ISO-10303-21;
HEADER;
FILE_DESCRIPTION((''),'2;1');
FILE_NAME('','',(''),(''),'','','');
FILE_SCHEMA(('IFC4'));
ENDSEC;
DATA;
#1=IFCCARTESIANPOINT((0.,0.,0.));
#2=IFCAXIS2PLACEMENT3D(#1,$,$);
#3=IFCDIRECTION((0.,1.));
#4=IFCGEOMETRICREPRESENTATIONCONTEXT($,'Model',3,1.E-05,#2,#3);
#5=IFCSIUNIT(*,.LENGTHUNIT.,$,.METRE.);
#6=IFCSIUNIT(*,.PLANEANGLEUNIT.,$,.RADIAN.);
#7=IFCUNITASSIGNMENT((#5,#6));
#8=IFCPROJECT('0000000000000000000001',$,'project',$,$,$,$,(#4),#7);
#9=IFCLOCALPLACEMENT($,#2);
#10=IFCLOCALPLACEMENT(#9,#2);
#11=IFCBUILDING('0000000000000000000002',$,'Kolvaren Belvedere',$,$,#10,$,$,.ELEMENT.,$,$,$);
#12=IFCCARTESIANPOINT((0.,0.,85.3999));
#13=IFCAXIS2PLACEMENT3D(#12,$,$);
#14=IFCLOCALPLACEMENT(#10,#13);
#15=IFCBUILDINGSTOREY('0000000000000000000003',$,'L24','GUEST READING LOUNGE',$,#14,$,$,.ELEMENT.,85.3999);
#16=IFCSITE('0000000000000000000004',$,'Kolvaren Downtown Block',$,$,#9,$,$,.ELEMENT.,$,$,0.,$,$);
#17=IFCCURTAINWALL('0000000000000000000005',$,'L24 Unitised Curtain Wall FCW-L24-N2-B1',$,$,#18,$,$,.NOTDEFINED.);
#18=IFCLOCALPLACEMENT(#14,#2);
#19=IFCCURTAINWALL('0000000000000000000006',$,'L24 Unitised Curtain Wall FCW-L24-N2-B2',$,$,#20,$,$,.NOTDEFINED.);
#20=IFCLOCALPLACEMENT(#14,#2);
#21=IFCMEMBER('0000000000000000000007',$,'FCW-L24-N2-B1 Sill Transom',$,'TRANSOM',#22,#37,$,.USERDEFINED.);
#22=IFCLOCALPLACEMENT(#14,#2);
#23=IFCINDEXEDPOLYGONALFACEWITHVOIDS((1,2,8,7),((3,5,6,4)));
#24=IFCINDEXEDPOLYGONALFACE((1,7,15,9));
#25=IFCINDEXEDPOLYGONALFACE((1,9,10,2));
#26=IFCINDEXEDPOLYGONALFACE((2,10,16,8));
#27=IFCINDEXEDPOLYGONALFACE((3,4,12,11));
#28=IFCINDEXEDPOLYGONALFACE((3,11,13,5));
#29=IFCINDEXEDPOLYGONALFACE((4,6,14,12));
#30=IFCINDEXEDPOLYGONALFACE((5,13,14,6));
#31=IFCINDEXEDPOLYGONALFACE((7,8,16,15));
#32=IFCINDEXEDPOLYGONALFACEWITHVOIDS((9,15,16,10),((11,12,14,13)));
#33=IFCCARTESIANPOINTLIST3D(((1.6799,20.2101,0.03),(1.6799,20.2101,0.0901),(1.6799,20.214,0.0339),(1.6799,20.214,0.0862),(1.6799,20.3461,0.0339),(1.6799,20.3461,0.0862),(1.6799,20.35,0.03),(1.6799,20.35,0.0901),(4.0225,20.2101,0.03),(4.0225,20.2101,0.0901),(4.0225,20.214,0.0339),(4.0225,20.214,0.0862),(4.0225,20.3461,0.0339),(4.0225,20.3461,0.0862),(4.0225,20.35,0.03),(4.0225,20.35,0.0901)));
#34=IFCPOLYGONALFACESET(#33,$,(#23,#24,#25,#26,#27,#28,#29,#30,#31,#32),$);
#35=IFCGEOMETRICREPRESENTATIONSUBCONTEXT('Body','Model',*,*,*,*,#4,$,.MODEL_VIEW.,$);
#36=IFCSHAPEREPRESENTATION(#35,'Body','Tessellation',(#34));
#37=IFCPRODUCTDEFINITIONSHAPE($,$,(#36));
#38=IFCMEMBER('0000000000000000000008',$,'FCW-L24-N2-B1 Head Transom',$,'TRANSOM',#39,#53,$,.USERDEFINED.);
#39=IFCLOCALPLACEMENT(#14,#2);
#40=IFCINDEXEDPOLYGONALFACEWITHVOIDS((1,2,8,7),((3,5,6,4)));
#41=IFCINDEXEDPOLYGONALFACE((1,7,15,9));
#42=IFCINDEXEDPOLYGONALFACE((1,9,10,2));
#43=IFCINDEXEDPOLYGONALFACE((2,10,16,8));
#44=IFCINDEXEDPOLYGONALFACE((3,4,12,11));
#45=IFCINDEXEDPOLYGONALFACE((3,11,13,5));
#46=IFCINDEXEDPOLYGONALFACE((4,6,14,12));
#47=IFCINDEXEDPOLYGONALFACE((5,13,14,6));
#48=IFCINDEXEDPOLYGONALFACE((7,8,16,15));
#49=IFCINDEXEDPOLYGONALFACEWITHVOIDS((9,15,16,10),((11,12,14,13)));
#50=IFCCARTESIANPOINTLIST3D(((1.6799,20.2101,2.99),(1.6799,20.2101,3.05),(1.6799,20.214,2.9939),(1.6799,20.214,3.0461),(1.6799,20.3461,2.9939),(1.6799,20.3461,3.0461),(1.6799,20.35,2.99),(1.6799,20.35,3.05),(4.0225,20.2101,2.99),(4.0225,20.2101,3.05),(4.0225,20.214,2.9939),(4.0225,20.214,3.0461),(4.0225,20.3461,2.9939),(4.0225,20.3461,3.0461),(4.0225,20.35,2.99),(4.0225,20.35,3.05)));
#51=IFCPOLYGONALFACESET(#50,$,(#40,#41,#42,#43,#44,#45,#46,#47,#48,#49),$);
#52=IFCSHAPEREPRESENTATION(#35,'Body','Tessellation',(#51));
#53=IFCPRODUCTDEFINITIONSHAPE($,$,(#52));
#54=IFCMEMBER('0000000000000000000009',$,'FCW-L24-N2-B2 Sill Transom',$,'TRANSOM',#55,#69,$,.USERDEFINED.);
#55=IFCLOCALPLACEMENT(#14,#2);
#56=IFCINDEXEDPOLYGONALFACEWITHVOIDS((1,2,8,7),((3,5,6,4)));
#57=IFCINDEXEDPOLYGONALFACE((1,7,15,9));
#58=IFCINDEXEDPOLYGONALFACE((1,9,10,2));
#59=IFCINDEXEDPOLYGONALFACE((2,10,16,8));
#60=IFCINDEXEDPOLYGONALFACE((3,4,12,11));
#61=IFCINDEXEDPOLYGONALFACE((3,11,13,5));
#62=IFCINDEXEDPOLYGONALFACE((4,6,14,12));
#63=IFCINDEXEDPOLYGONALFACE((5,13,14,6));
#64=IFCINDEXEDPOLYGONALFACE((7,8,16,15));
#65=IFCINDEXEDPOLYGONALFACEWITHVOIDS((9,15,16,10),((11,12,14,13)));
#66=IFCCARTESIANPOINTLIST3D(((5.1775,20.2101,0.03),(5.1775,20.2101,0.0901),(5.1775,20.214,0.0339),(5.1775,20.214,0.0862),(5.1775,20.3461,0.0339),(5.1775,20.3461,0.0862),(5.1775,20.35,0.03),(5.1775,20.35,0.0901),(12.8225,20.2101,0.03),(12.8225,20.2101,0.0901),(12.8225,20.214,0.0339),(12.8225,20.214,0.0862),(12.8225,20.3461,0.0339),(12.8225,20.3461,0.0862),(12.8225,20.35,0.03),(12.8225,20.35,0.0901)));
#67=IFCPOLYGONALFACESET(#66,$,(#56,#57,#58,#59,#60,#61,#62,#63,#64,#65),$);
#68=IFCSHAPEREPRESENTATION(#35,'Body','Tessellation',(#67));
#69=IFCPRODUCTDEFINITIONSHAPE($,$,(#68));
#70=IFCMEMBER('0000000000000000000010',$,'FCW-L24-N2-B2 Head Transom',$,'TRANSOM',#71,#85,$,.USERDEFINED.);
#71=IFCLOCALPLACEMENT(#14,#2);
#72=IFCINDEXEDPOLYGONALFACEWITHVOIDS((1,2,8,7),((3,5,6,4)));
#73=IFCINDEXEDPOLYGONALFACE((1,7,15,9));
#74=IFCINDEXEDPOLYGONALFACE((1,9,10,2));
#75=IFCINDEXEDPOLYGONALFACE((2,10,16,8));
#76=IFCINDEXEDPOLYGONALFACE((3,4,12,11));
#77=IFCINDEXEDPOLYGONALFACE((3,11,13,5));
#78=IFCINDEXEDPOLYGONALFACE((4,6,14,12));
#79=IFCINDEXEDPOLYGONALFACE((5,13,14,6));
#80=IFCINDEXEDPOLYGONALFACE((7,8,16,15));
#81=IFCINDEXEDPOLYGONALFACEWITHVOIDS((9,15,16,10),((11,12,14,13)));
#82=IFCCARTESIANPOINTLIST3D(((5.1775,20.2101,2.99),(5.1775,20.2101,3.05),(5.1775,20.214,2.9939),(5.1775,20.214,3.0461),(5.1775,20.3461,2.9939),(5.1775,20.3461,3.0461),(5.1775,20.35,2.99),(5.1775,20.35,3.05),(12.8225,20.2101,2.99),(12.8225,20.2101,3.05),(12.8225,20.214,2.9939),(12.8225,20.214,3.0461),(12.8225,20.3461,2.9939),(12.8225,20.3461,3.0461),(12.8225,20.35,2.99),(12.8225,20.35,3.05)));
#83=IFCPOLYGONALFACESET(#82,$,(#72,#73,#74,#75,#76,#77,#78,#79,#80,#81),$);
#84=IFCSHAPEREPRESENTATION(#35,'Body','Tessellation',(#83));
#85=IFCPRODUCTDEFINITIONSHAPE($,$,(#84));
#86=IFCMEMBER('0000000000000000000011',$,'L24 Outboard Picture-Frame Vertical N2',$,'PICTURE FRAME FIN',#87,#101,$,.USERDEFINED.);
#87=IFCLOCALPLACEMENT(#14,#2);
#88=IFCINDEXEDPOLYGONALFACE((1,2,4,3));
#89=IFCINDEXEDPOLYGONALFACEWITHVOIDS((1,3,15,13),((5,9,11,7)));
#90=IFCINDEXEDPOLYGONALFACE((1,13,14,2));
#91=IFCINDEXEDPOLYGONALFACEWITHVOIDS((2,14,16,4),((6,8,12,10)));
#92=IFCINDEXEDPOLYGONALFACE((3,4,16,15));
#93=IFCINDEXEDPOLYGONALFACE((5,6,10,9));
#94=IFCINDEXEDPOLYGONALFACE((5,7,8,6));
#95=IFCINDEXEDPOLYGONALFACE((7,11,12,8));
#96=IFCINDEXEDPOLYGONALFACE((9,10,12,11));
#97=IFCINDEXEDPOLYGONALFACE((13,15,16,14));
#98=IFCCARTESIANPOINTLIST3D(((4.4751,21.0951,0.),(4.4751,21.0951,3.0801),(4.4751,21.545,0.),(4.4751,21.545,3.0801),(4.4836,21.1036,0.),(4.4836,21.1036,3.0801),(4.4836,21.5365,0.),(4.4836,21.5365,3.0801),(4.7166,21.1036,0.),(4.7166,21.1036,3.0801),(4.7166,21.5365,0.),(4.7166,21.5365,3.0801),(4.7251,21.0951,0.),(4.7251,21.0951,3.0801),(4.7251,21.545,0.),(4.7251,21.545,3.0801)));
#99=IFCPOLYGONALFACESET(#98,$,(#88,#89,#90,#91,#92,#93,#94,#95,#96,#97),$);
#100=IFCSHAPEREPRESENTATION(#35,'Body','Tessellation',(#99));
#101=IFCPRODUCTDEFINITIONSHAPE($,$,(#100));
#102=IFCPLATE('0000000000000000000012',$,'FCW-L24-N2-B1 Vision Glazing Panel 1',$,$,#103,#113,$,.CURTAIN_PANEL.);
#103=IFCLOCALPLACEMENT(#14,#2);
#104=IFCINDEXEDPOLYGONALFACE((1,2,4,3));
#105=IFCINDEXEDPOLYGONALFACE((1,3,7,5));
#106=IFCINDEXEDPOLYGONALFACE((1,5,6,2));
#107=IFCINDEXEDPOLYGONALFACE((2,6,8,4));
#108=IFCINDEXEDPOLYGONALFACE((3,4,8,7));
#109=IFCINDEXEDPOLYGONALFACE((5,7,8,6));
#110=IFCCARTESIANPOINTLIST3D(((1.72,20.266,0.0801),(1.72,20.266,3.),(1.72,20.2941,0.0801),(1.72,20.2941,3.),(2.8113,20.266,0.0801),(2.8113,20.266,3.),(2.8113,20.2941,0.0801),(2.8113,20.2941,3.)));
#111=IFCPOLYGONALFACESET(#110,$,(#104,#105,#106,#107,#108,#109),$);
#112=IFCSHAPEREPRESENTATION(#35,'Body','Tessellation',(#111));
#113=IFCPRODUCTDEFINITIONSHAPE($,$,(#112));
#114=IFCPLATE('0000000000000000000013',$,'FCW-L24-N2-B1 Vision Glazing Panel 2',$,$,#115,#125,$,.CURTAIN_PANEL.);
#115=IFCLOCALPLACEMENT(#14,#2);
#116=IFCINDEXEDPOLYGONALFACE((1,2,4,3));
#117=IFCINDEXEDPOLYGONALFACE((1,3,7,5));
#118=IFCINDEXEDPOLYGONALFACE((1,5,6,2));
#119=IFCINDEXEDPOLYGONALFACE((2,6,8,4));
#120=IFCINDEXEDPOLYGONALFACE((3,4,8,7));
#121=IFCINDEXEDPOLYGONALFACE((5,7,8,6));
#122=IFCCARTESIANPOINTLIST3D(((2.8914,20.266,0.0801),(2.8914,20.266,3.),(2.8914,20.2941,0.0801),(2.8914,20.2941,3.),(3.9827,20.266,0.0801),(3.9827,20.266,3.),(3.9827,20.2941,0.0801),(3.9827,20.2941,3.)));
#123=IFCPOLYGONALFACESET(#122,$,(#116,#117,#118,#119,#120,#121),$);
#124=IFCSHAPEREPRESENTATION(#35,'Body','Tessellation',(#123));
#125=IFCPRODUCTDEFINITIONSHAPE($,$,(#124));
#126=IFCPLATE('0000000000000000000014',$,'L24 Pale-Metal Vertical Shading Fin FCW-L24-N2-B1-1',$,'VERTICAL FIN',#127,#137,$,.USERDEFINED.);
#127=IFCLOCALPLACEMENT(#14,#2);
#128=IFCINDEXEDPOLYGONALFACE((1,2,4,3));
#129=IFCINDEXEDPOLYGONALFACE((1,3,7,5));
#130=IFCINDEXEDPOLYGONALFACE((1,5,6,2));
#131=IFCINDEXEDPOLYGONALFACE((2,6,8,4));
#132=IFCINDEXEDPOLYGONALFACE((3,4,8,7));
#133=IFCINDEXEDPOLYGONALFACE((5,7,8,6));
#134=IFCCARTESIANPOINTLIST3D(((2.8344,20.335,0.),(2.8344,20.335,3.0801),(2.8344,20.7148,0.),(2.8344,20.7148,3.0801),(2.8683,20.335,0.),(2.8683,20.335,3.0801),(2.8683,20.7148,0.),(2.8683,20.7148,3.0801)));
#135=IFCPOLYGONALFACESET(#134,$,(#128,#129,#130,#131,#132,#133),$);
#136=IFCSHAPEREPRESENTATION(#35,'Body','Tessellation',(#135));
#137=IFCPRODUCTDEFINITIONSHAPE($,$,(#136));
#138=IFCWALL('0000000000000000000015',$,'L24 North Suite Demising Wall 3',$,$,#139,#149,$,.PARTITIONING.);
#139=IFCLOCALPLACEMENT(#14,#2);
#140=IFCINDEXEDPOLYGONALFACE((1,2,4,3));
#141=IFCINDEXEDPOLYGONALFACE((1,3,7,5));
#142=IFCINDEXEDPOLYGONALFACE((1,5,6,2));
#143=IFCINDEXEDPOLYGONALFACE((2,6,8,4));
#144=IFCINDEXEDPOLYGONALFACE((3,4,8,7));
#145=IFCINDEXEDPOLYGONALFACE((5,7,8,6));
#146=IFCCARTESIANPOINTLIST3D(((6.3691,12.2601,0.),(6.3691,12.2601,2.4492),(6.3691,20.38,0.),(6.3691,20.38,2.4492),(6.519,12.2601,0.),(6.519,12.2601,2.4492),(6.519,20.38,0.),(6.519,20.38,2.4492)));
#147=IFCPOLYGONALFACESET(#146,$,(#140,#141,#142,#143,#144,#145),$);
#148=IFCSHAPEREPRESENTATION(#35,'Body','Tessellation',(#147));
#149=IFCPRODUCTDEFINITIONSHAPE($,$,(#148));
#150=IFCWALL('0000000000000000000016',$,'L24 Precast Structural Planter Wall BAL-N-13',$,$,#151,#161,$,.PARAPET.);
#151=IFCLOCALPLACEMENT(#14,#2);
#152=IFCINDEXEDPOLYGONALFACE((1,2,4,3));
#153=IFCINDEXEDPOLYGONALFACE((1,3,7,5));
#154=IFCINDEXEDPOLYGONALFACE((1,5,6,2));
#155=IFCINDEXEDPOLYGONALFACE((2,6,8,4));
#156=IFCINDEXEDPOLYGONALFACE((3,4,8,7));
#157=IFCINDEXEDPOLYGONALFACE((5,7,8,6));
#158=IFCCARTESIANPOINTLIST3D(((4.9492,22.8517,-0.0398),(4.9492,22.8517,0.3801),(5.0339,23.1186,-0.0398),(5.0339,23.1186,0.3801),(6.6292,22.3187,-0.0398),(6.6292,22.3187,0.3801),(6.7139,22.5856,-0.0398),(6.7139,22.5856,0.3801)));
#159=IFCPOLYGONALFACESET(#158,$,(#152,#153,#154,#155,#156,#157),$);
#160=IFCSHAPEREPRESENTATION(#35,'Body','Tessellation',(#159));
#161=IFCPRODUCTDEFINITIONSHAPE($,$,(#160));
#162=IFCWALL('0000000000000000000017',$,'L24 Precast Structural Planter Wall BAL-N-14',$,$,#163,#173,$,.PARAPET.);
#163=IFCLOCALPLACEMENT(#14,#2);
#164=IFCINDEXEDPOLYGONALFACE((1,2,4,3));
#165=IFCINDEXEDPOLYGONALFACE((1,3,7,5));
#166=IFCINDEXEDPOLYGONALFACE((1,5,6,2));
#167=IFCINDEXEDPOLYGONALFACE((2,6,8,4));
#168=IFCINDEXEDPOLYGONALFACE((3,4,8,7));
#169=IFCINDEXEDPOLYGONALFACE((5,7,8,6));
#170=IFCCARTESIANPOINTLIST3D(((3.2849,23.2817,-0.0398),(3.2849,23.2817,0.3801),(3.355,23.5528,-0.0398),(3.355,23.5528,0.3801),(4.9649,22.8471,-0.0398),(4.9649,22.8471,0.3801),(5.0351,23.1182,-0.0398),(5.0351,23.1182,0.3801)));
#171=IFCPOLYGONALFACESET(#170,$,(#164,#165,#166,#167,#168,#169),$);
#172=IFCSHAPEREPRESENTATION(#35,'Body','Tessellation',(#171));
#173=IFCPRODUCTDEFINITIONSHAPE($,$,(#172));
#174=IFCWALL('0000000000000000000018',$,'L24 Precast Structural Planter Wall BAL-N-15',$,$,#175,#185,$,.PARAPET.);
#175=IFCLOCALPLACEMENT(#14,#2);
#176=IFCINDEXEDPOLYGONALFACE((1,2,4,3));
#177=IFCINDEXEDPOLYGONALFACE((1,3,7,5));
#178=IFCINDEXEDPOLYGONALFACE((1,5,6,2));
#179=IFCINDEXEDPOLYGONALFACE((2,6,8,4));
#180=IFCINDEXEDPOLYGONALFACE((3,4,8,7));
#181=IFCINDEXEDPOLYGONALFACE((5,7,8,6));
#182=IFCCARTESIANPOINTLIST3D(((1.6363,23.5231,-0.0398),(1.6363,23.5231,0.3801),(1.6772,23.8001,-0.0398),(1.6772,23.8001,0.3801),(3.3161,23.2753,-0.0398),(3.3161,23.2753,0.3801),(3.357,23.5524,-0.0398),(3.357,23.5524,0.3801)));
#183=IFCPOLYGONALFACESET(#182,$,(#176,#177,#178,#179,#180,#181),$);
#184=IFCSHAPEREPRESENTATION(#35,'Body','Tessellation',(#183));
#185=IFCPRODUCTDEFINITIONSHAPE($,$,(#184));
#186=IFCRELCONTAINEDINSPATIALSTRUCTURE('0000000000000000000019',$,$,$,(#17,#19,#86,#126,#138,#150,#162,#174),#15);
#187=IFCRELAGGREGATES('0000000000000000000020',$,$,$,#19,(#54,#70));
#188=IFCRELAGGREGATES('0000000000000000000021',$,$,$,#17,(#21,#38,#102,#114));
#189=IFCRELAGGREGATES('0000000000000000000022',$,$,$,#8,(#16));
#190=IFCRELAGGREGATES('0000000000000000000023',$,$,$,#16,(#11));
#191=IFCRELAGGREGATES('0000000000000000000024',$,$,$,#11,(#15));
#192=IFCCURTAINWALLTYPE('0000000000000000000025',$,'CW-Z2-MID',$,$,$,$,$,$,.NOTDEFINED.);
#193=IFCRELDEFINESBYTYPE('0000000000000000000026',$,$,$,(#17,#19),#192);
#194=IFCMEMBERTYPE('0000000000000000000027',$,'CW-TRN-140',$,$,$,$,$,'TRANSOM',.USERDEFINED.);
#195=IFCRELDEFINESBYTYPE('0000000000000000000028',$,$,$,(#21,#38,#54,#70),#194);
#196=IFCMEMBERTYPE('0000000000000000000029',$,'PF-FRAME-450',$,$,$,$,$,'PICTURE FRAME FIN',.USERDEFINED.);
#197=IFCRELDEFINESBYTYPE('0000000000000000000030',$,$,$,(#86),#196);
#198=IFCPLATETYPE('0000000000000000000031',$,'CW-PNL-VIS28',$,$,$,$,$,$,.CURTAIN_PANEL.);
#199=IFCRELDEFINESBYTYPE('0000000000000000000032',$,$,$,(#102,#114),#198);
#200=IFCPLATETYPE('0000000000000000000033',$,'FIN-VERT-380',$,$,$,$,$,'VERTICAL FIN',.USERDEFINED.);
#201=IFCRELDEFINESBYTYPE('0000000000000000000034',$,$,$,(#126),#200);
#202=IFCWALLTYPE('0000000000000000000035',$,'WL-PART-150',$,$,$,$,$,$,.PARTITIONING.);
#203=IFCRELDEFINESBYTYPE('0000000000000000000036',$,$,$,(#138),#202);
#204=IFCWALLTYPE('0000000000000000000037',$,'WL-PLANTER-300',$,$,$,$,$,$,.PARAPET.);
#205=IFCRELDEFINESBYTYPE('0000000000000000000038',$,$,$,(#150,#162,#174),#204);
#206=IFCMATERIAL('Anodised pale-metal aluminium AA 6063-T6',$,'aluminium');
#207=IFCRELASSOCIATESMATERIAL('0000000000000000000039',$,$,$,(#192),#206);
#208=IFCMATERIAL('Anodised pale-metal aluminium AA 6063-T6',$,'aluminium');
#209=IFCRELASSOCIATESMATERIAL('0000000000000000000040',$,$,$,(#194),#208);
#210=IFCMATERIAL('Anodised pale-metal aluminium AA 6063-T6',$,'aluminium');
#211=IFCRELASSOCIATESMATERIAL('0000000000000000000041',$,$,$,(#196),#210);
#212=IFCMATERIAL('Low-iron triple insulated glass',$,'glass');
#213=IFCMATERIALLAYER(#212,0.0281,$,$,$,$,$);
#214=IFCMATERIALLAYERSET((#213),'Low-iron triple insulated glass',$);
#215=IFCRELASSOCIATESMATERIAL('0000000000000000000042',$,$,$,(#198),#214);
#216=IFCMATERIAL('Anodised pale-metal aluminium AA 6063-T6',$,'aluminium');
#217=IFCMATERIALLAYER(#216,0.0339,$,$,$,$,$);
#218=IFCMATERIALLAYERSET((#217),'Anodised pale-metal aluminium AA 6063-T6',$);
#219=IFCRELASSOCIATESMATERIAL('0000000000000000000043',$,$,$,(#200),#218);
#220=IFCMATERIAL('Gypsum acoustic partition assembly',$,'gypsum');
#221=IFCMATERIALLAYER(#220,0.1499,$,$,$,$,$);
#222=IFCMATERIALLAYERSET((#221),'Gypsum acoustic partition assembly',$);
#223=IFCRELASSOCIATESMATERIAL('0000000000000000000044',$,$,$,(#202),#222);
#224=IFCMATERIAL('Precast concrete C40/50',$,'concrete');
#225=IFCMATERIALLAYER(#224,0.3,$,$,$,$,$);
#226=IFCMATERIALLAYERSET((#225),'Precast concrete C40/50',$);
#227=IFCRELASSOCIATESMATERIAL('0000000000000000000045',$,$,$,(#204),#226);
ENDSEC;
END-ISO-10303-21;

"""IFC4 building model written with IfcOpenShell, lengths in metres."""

from ifc_helpers import new_model, si_unit, direction, frame, frame_2d, origin, origin_2d, place, context, subcontext, project, spatial, rectangle, hollow_rectangle, extrude, material, layer, layer_set, material_profile, profile_set, type_object, element, aggregate, save


model = new_model("IFC4")

# Units and contexts
model_context = context("Model", 3, precision=1e-05, world=origin(), true_north=direction((0.0, 1.0)))
body_context = subcontext(model_context, "Body", "Model", "MODEL_VIEW")
ifc_project = project(units=[si_unit("LENGTHUNIT", "METRE"), si_unit("PLANEANGLEUNIT", "RADIAN")], contexts=[model_context])

# Site, building, storey
site_placement = place(None, origin())
site = spatial("IfcSite", under=ifc_project, at=site_placement, Name="Kolvaren Downtown Block", CompositionType="ELEMENT", RefElevation=0.0)
building_placement = place(site_placement, origin())
building = spatial("IfcBuilding", under=site, at=building_placement, Name="Kolvaren Belvedere", CompositionType="ELEMENT")
storey_placement = place(building_placement, frame((0.0, 0.0, 85.3999)))
storey = spatial("IfcBuildingStorey", under=building, at=storey_placement, Name="L24", Description="GUEST READING LOUNGE", CompositionType="ELEMENT", Elevation=85.3999)

# Curtain wall
ifc_material_1 = material(Name="Anodised pale-metal aluminium AA 6063-T6", Category="aluminium")
curtain_wall_type = type_object("IfcCurtainWallType", Name="CW-Z2-MID", PredefinedType="NOTDEFINED", material=ifc_material_1)
curtain_wall_1_placement = place(storey_placement, origin())
curtain_wall_1 = element("IfcCurtainWall", 1, at=curtain_wall_1_placement, inside=storey, type_object=curtain_wall_type, Name="L24 Unitised Curtain Wall FCW-L24-N2-B1", PredefinedType="NOTDEFINED")

# Curtain wall
curtain_wall_2_placement = place(storey_placement, origin())
curtain_wall_2 = element("IfcCurtainWall", 2, at=curtain_wall_2_placement, inside=storey, type_object=curtain_wall_type, Name="L24 Unitised Curtain Wall FCW-L24-N2-B2", PredefinedType="NOTDEFINED")

# Members
ifc_material_2 = material(Name="Anodised pale-metal aluminium AA 6063-T6", Category="aluminium")
ifc_material_profile_1 = material_profile(ifc_material_2, hollow_rectangle(XDim=0.0601, YDim=0.1399, WallThickness=0.0039, at=origin_2d()), Name="ALU-TRN-140X60")
ifc_profile_set_1 = profile_set([ifc_material_profile_1], Name="Anodised pale-metal aluminium AA 6063-T6")
member_type_1 = type_object("IfcMemberType", Name="CW-TRN-140", ElementType="TRANSOM", PredefinedType="USERDEFINED", material=ifc_profile_set_1)
member_1_placement = place(storey_placement, frame((1.6799, 20.28, 0.0601), z_axis=(1.0, 0.0, 0.0), x_axis=(0.0, 0.0, 1.0)))
member_1 = element("IfcMember", 3, at=member_1_placement, type_object=member_type_1, Name="FCW-L24-N2-B1 Sill Transom", ObjectType="TRANSOM", PredefinedType="USERDEFINED", context=body_context, shape_type="SweptSolid", body=[
    extrude(hollow_rectangle(XDim=0.0601, YDim=0.1399, WallThickness=0.0039, at=origin_2d()), origin(), (0.0, 0.0, 1.0), 2.3425),
])
member_2_placement = place(storey_placement, frame((1.6799, 20.28, 3.02), z_axis=(1.0, 0.0, 0.0), x_axis=(0.0, 0.0, 1.0)))
member_2 = element("IfcMember", 4, at=member_2_placement, type_object=member_type_1, Name="FCW-L24-N2-B1 Head Transom", ObjectType="TRANSOM", PredefinedType="USERDEFINED", context=body_context, shape_type="SweptSolid", body=[
    extrude(hollow_rectangle(XDim=0.0601, YDim=0.1399, WallThickness=0.0039, at=origin_2d()), origin(), (0.0, 0.0, 1.0), 2.3425),
])
member_3_placement = place(storey_placement, frame((5.1775, 20.28, 0.0601), z_axis=(1.0, 0.0, 0.0), x_axis=(0.0, 0.0, 1.0)))
member_3 = element("IfcMember", 5, at=member_3_placement, type_object=member_type_1, Name="FCW-L24-N2-B2 Sill Transom", ObjectType="TRANSOM", PredefinedType="USERDEFINED", context=body_context, shape_type="SweptSolid", body=[
    extrude(hollow_rectangle(XDim=0.0601, YDim=0.1399, WallThickness=0.0039, at=origin_2d()), origin(), (0.0, 0.0, 1.0), 7.645),
])
member_4_placement = place(storey_placement, frame((5.1775, 20.28, 3.02), z_axis=(1.0, 0.0, 0.0), x_axis=(0.0, 0.0, 1.0)))
member_4 = element("IfcMember", 6, at=member_4_placement, type_object=member_type_1, Name="FCW-L24-N2-B2 Head Transom", ObjectType="TRANSOM", PredefinedType="USERDEFINED", context=body_context, shape_type="SweptSolid", body=[
    extrude(hollow_rectangle(XDim=0.0601, YDim=0.1399, WallThickness=0.0039, at=origin_2d()), origin(), (0.0, 0.0, 1.0), 7.645),
])
aggregate(curtain_wall_2, [member_3, member_4])
ifc_material_3 = material(Name="Anodised pale-metal aluminium AA 6063-T6", Category="aluminium")
ifc_material_profile_2 = material_profile(ifc_material_3, hollow_rectangle(XDim=0.25, YDim=0.45, WallThickness=0.0085, at=origin_2d()), Name="ALU-PF-450X250")
ifc_profile_set_2 = profile_set([ifc_material_profile_2], Name="Anodised pale-metal aluminium AA 6063-T6")
member_type_2 = type_object("IfcMemberType", Name="PF-FRAME-450", ElementType="PICTURE FRAME FIN", PredefinedType="USERDEFINED", material=ifc_profile_set_2)
member_5_placement = place(storey_placement, frame((4.6001, 21.3201, 0.0), z_axis=(0.0, 0.0, 1.0), x_axis=(1.0, 0.0, 0.0)))
element("IfcMember", 7, at=member_5_placement, inside=storey, type_object=member_type_2, Name="L24 Outboard Picture-Frame Vertical N2", ObjectType="PICTURE FRAME FIN", PredefinedType="USERDEFINED", context=body_context, shape_type="SweptSolid", body=[
    extrude(hollow_rectangle(XDim=0.25, YDim=0.45, WallThickness=0.0085, at=origin_2d()), origin(), (0.0, 0.0, 1.0), 3.0801),
])

# Plates
ifc_material_4 = material(Name="Low-iron triple insulated glass", Category="glass")
ifc_layer_1 = layer(ifc_material_4, 0.0281)
ifc_layer_set_1 = layer_set([ifc_layer_1], Name="Low-iron triple insulated glass")
plate_type_1 = type_object("IfcPlateType", Name="CW-PNL-VIS28", PredefinedType="CURTAIN_PANEL", material=ifc_layer_set_1)
plate_1_placement = place(storey_placement, frame((2.2656, 20.28, 0.0801), z_axis=(0.0, 0.0, 1.0), x_axis=(1.0, 0.0, 0.0)))
plate_1 = element("IfcPlate", 8, at=plate_1_placement, type_object=plate_type_1, Name="FCW-L24-N2-B1 Vision Glazing Panel 1", PredefinedType="CURTAIN_PANEL", context=body_context, shape_type="SweptSolid", body=[
    extrude(rectangle(XDim=1.0913, YDim=0.0281, at=origin_2d()), origin(), (0.0, 0.0, 1.0), 2.9199),
])
plate_2_placement = place(storey_placement, frame((3.437, 20.28, 0.0801), z_axis=(0.0, 0.0, 1.0), x_axis=(1.0, 0.0, 0.0)))
plate_2 = element("IfcPlate", 9, at=plate_2_placement, type_object=plate_type_1, Name="FCW-L24-N2-B1 Vision Glazing Panel 2", PredefinedType="CURTAIN_PANEL", context=body_context, shape_type="SweptSolid", body=[
    extrude(rectangle(XDim=1.0913, YDim=0.0281, at=origin_2d()), origin(), (0.0, 0.0, 1.0), 2.9199),
])
aggregate(curtain_wall_1, [member_1, member_2, plate_1, plate_2])
ifc_material_5 = material(Name="Anodised pale-metal aluminium AA 6063-T6", Category="aluminium")
ifc_layer_2 = layer(ifc_material_5, 0.0339)
ifc_layer_set_2 = layer_set([ifc_layer_2], Name="Anodised pale-metal aluminium AA 6063-T6")
plate_type_2 = type_object("IfcPlateType", Name="FIN-VERT-380", ElementType="VERTICAL FIN", PredefinedType="USERDEFINED", material=ifc_layer_set_2)
plate_3_placement = place(storey_placement, frame((2.8513, 20.5249, 0.0), z_axis=(0.0, 0.0, 1.0), x_axis=(0.0, 1.0, 0.0)))
element("IfcPlate", 10, at=plate_3_placement, inside=storey, type_object=plate_type_2, Name="L24 Pale-Metal Vertical Shading Fin FCW-L24-N2-B1-1", ObjectType="VERTICAL FIN", PredefinedType="USERDEFINED", context=body_context, shape_type="SweptSolid", body=[
    extrude(rectangle(XDim=0.3799, YDim=0.0339, at=origin_2d()), origin(), (0.0, 0.0, 1.0), 3.0801),
])

# Walls
ifc_material_6 = material(Name="Gypsum acoustic partition assembly", Category="gypsum")
ifc_layer_3 = layer(ifc_material_6, 0.1499)
ifc_layer_set_3 = layer_set([ifc_layer_3], Name="Gypsum acoustic partition assembly")
wall_type_1 = type_object("IfcWallType", Name="WL-PART-150", PredefinedType="PARTITIONING", material=ifc_layer_set_3)
wall_1_placement = place(storey_placement, frame((6.4441, 12.26, 0.0), z_axis=(0.0, 0.0, 1.0), x_axis=(0.0, 1.0, 0.0)))
element("IfcWall", 11, at=wall_1_placement, inside=storey, type_object=wall_type_1, Name="L24 North Suite Demising Wall 3", PredefinedType="PARTITIONING", context=body_context, shape_type="SweptSolid", body=[
    extrude(rectangle(XDim=8.1199, YDim=0.1499, at=frame_2d((4.0601, 0.0))), origin(), (0.0, 0.0, 1.0), 2.4492),
])
ifc_material_7 = material(Name="Precast concrete C40/50", Category="concrete")
ifc_layer_4 = layer(ifc_material_7, 0.3)
ifc_layer_set_4 = layer_set([ifc_layer_4], Name="Precast concrete C40/50")
wall_type_2 = type_object("IfcWallType", Name="WL-PLANTER-300", PredefinedType="PARAPET", material=ifc_layer_set_4)
wall_2_placement = place(storey_placement, frame((6.6716, 22.4521, -0.0398), z_axis=(0.0, 0.0, 1.0), x_axis=(-0.953182, 0.302397, 0.0)))
element("IfcWall", 12, at=wall_2_placement, inside=storey, type_object=wall_type_2, Name="L24 Precast Structural Planter Wall BAL-N-13", PredefinedType="PARAPET", context=body_context, shape_type="SweptSolid", body=[
    extrude(rectangle(XDim=1.7625, YDim=0.28, at=frame_2d((0.8813, 0.0))), origin(), (0.0, 0.0, 1.0), 0.4199),
])
wall_3_placement = place(storey_placement, frame((5.0, 22.9827, -0.0398), z_axis=(0.0, 0.0, 1.0), x_axis=(-0.968141, 0.250406, 0.0)))
element("IfcWall", 13, at=wall_3_placement, inside=storey, type_object=wall_type_2, Name="L24 Precast Structural Planter Wall BAL-N-14", PredefinedType="PARAPET", context=body_context, shape_type="SweptSolid", body=[
    extrude(rectangle(XDim=1.7354, YDim=0.28, at=frame_2d((0.8677, 0.0))), origin(), (0.0, 0.0, 1.0), 0.4199),
])
wall_4_placement = place(storey_placement, frame((3.3367, 23.4138, -0.0398), z_axis=(0.0, 0.0, 1.0), x_axis=(-0.989295, 0.145929, 0.0)))
element("IfcWall", 14, at=wall_4_placement, inside=storey, type_object=wall_type_2, Name="L24 Precast Structural Planter Wall BAL-N-15", PredefinedType="PARAPET", context=body_context, shape_type="SweptSolid", body=[
    extrude(rectangle(XDim=1.698, YDim=0.28, at=frame_2d((0.8491, 0.0))), origin(), (0.0, 0.0, 1.0), 0.4199),
])

save(model, "model.ifc")
